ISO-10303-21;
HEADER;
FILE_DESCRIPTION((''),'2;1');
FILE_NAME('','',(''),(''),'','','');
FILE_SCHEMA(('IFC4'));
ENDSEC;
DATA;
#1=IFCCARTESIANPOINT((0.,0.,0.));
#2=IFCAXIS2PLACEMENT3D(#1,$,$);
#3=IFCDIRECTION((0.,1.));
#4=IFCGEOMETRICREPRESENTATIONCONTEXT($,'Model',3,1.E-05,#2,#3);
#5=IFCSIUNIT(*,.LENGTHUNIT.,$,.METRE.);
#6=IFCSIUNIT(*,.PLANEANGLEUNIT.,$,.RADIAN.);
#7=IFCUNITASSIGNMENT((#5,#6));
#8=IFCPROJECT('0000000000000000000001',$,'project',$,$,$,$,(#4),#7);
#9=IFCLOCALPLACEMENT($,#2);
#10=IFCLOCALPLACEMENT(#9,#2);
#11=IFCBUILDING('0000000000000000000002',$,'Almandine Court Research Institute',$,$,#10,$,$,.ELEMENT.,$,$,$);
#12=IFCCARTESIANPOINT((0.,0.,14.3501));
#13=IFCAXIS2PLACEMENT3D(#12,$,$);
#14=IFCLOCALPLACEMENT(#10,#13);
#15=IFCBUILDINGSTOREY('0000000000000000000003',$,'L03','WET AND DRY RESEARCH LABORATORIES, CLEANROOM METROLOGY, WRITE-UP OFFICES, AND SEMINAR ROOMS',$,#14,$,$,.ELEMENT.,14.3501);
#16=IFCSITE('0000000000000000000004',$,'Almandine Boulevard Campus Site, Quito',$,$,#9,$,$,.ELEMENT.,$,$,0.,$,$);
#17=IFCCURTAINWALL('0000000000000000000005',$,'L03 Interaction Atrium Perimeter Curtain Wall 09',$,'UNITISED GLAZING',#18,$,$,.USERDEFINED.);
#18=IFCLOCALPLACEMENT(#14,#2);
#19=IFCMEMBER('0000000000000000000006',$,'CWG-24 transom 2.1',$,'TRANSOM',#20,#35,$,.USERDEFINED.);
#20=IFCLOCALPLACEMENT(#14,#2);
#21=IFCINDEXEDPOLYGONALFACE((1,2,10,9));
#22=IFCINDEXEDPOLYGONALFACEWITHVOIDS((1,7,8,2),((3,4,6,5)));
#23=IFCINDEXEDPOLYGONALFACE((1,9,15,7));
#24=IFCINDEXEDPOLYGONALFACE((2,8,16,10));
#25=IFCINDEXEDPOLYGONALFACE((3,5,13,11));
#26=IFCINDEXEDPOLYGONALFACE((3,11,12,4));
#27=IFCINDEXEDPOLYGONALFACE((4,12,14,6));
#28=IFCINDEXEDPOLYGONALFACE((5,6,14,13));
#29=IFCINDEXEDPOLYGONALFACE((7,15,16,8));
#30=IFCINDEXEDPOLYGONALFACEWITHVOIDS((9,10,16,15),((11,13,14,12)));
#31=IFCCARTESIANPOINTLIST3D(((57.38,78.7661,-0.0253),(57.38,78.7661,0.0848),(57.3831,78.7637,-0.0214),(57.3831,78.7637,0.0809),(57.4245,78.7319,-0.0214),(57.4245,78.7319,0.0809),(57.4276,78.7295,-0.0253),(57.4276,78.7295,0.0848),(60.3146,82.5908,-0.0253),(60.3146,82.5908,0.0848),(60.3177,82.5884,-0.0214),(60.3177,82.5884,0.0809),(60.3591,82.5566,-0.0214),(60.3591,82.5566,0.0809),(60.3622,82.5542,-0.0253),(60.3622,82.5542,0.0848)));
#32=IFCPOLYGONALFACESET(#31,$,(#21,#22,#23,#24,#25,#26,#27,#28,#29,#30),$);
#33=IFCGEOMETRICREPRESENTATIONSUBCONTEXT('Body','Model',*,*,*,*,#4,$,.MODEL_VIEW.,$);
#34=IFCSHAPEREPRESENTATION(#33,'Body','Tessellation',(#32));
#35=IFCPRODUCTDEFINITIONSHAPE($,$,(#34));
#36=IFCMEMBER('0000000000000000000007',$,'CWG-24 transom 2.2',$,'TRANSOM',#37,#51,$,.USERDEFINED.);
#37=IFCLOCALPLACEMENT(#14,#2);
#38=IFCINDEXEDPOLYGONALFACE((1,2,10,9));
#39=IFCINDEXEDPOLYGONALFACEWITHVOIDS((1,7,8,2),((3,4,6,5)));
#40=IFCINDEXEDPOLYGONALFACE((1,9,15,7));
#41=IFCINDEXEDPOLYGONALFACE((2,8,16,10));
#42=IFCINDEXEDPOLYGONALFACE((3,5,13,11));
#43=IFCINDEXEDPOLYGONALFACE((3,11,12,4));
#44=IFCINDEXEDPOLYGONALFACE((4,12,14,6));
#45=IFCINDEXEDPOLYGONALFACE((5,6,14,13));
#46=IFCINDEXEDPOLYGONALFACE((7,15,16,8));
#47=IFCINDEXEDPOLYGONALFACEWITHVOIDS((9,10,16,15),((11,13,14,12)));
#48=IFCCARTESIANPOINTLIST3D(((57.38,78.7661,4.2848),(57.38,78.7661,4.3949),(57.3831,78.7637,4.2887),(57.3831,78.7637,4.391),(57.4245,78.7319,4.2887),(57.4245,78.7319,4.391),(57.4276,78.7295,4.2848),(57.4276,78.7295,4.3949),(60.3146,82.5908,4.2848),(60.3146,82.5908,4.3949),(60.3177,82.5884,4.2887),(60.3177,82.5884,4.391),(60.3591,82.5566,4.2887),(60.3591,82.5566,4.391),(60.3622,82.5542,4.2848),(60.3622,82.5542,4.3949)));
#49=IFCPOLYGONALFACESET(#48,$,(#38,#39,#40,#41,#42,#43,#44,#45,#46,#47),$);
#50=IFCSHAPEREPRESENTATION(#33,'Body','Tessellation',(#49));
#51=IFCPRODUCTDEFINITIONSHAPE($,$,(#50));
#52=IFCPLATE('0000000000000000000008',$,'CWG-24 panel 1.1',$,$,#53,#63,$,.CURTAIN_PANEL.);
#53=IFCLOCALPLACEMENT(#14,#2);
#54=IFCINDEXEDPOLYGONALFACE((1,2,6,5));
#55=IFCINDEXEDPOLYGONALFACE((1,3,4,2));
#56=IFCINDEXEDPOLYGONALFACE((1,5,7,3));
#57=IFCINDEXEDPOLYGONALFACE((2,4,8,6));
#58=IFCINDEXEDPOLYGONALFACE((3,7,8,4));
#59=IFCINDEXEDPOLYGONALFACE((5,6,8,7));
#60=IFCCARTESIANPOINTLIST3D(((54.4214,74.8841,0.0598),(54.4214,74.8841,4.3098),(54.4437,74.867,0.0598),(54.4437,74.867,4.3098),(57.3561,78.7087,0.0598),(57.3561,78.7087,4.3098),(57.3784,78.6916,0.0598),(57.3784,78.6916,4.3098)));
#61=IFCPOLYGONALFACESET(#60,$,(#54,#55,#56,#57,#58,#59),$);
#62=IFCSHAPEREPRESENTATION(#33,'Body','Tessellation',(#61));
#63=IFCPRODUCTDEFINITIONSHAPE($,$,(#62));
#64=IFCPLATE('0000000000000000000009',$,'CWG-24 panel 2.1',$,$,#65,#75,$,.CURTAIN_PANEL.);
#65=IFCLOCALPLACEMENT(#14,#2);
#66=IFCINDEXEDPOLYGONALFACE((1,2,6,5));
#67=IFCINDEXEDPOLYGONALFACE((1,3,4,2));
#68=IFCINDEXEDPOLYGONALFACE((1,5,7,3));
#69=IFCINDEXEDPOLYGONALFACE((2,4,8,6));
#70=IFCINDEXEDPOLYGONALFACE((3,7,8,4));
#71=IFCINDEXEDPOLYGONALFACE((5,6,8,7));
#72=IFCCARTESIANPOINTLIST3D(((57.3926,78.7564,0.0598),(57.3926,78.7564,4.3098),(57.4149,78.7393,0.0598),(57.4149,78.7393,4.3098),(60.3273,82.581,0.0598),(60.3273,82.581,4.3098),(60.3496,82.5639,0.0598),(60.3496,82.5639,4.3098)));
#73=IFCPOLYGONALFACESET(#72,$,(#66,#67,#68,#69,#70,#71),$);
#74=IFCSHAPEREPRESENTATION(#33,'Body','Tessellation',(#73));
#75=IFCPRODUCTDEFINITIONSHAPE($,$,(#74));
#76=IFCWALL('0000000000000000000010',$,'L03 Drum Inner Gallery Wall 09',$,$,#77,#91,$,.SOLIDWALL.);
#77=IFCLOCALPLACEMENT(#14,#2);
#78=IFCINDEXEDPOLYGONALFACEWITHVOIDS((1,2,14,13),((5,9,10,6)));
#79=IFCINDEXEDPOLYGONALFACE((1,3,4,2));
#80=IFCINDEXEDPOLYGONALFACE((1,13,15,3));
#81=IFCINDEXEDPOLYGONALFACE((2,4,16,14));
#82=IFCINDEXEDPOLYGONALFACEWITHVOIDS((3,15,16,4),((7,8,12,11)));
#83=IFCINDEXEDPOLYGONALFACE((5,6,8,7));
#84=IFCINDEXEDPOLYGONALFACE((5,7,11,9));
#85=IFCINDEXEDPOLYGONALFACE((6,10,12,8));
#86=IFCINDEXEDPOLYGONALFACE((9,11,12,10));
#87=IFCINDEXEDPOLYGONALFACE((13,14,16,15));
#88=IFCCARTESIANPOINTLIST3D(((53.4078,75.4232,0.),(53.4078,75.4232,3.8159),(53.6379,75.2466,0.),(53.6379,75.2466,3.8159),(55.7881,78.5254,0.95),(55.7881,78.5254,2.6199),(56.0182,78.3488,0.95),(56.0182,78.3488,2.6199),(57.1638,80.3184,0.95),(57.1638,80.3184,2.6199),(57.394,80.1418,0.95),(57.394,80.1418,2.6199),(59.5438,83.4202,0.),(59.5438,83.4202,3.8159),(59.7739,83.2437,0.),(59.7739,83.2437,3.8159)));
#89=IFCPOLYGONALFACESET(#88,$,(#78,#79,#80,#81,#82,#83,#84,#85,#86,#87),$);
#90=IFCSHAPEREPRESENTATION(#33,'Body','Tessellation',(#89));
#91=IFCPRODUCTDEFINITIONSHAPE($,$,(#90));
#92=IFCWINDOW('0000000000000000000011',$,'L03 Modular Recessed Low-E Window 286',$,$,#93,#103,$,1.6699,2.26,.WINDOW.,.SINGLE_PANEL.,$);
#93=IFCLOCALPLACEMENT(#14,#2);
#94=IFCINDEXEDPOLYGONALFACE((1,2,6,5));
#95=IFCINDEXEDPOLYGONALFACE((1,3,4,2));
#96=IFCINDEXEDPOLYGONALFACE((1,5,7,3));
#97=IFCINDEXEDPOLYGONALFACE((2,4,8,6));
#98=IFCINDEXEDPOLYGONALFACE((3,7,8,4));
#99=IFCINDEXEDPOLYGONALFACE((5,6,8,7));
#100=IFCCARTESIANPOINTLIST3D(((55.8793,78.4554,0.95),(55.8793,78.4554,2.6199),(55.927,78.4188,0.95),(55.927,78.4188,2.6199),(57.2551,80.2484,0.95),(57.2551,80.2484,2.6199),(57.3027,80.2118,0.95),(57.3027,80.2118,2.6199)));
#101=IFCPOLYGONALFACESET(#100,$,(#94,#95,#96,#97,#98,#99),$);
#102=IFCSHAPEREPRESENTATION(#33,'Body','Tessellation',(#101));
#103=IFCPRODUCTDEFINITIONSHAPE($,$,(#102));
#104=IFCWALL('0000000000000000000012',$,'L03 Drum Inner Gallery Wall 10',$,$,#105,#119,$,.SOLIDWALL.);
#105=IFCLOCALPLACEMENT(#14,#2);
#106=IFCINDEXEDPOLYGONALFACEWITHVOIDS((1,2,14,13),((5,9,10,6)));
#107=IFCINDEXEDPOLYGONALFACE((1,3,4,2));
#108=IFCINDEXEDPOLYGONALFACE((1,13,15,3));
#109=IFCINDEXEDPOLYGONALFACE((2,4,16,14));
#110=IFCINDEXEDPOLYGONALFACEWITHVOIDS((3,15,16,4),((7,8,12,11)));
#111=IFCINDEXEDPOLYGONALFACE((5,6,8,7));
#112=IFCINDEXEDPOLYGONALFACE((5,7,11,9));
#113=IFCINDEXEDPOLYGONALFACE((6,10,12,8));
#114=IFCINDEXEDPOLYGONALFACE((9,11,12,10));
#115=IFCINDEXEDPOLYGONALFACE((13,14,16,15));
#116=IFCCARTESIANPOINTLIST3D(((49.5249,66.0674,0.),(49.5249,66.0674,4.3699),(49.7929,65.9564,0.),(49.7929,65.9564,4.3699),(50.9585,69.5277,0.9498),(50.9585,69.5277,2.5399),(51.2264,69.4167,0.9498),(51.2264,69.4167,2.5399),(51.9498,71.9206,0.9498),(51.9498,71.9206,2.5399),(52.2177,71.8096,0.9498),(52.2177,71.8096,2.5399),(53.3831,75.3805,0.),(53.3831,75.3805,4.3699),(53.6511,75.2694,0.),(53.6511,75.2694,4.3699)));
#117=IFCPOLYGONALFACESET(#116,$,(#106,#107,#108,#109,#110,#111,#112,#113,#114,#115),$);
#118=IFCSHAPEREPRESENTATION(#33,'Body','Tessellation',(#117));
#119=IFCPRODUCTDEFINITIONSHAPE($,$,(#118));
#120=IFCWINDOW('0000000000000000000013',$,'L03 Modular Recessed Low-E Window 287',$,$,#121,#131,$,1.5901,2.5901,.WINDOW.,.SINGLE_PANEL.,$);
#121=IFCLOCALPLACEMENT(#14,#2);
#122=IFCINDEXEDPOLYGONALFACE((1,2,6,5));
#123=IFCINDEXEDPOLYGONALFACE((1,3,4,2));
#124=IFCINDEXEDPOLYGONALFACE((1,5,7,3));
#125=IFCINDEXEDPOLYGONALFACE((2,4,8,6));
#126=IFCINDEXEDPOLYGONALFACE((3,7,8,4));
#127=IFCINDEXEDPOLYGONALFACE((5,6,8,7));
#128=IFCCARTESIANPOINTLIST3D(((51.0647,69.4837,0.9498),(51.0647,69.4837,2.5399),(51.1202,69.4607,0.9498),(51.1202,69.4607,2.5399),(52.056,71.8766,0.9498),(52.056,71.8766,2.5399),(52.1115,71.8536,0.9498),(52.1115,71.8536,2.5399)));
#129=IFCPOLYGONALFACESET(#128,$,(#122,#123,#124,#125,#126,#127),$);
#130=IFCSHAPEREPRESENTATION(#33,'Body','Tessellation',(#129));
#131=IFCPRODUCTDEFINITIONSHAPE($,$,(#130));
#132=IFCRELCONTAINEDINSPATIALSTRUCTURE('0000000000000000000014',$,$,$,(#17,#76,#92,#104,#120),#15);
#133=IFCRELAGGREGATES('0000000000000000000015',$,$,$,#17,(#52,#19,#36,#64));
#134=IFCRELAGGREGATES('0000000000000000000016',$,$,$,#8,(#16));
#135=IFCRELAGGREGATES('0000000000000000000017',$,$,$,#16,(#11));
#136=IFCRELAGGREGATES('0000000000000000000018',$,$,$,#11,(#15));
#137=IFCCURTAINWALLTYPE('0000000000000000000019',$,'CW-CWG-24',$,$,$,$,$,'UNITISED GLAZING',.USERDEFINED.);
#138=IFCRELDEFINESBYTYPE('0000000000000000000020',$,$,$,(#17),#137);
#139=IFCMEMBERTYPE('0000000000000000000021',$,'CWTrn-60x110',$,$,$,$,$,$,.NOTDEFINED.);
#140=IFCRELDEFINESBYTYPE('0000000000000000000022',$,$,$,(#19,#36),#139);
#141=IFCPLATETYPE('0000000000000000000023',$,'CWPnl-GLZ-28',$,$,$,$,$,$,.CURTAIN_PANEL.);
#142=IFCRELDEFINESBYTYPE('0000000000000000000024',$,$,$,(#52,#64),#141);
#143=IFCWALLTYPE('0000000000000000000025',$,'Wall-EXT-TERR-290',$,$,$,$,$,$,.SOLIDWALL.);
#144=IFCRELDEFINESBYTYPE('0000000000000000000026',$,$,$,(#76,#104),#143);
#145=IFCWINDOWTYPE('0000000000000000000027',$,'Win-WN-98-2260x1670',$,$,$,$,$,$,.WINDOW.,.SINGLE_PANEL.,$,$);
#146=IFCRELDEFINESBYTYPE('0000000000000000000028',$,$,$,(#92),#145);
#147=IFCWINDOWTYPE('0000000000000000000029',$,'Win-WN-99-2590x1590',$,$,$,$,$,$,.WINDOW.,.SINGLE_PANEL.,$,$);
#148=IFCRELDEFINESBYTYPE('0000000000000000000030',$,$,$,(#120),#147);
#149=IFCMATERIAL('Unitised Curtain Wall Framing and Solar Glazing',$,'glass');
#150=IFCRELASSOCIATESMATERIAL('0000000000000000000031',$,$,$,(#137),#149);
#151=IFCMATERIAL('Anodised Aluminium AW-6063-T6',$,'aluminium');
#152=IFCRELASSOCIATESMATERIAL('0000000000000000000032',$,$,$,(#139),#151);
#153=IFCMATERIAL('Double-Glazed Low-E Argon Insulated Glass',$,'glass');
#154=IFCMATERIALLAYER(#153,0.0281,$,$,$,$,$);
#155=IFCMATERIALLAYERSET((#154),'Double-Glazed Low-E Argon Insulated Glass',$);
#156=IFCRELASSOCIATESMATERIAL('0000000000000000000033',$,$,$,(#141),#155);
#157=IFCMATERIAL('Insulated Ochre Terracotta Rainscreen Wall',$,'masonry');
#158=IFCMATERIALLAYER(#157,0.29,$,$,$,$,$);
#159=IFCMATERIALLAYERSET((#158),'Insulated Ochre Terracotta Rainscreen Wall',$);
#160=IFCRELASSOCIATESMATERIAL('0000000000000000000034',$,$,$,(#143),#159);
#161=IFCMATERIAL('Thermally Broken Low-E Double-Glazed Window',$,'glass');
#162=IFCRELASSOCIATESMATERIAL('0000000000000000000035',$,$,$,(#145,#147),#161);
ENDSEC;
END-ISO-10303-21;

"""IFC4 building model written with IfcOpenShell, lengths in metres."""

from ifc_helpers import new_model, si_unit, direction, frame, frame_2d, origin, origin_2d, place, context, subcontext, project, spatial, rectangle, hollow_rectangle, extrude, material, layer, layer_set, material_profile, profile_set, type_object, element, fill, aggregate, save


model = new_model("IFC4")

# Units and contexts
model_context = context("Model", 3, precision=1e-05, world=origin(), true_north=direction((0.0, 1.0)))
body_context = subcontext(model_context, "Body", "Model", "MODEL_VIEW")
ifc_project = project(units=[si_unit("LENGTHUNIT", "METRE"), si_unit("PLANEANGLEUNIT", "RADIAN")], contexts=[model_context])

# Site, building, storey
site_placement = place(None, origin())
site = spatial("IfcSite", under=ifc_project, at=site_placement, Name="Almandine Boulevard Campus Site, Quito", CompositionType="ELEMENT", RefElevation=0.0)
building_placement = place(site_placement, origin())
building = spatial("IfcBuilding", under=site, at=building_placement, Name="Almandine Court Research Institute", CompositionType="ELEMENT")
storey_placement = place(building_placement, frame((0.0, 0.0, 14.3501)))
storey = spatial("IfcBuildingStorey", under=building, at=storey_placement, Name="L03", Description="WET AND DRY RESEARCH LABORATORIES, CLEANROOM METROLOGY, WRITE-UP OFFICES, AND SEMINAR ROOMS", CompositionType="ELEMENT", Elevation=14.3501)

# Curtain wall, members, plates
ifc_material_1 = material(Name="Unitised Curtain Wall Framing and Solar Glazing", Category="glass")
curtain_wall_type = type_object("IfcCurtainWallType", Name="CW-CWG-24", ElementType="UNITISED GLAZING", PredefinedType="USERDEFINED", material=ifc_material_1)
curtain_wall_placement = place(storey_placement, origin())
curtain_wall = element("IfcCurtainWall", 1, at=curtain_wall_placement, inside=storey, type_object=curtain_wall_type, Name="L03 Interaction Atrium Perimeter Curtain Wall 09", ObjectType="UNITISED GLAZING", PredefinedType="USERDEFINED")
ifc_material_2 = material(Name="Anodised Aluminium AW-6063-T6", Category="aluminium")
ifc_material_profile_1 = material_profile(ifc_material_2, hollow_rectangle(XDim=0.0601, YDim=0.1101, WallThickness=0.0039, at=origin_2d()), Name="ALU RHS 60x110x4")
ifc_profile_set_1 = profile_set([ifc_material_profile_1], Name="Anodised Aluminium AW-6063-T6")
member_type_1 = type_object("IfcMemberType", Name="CWTrn-60x110", PredefinedType="NOTDEFINED", material=ifc_profile_set_1)
member_1_placement = place(storey_placement, frame((57.4038, 78.7478, 0.0298), z_axis=(0.608731, 0.793376, 0.0), x_axis=(-0.793376, 0.608731, 0.0)))
member_1 = element("IfcMember", 2, at=member_1_placement, type_object=member_type_1, Name="CWG-24 transom 2.1", ObjectType="TRANSOM", PredefinedType="USERDEFINED", context=body_context, shape_type="SweptSolid", body=[
    extrude(hollow_rectangle(XDim=0.0601, YDim=0.1101, WallThickness=0.0039, at=origin_2d()), origin(), (0.0, 0.0, 1.0), 4.8208),
])
member_2_placement = place(storey_placement, frame((57.4038, 78.7478, 4.3398), z_axis=(0.608731, 0.793376, 0.0), x_axis=(-0.793376, 0.608731, 0.0)))
member_2 = element("IfcMember", 3, at=member_2_placement, type_object=member_type_1, Name="CWG-24 transom 2.2", ObjectType="TRANSOM", PredefinedType="USERDEFINED", context=body_context, shape_type="SweptSolid", body=[
    extrude(hollow_rectangle(XDim=0.0601, YDim=0.1101, WallThickness=0.0039, at=origin_2d()), origin(), (0.0, 0.0, 1.0), 4.8208),
])
ifc_material_3 = material(Name="Double-Glazed Low-E Argon Insulated Glass", Category="glass")
ifc_layer_1 = layer(ifc_material_3, 0.0281)
ifc_layer_set_1 = layer_set([ifc_layer_1], Name="Double-Glazed Low-E Argon Insulated Glass")
plate_type = type_object("IfcPlateType", Name="CWPnl-GLZ-28", PredefinedType="CURTAIN_PANEL", material=ifc_layer_set_1)
plate_1_placement = place(storey_placement, frame((55.8999, 76.7878, 0.0598), z_axis=(0.0, 0.0, 1.0), x_axis=(0.608761, 0.793354, 0.0)))
plate_1 = element("IfcPlate", 4, at=plate_1_placement, type_object=plate_type, Name="CWG-24 panel 1.1", PredefinedType="CURTAIN_PANEL", context=body_context, shape_type="SweptSolid", body=[
    extrude(rectangle(XDim=4.8208, YDim=0.0281, at=origin_2d()), origin(), (0.0, 0.0, 1.0), 4.25),
])
plate_2_placement = place(storey_placement, frame((58.8711, 80.6602, 0.0598), z_axis=(0.0, 0.0, 1.0), x_axis=(0.608761, 0.793354, 0.0)))
plate_2 = element("IfcPlate", 5, at=plate_2_placement, type_object=plate_type, Name="CWG-24 panel 2.1", PredefinedType="CURTAIN_PANEL", context=body_context, shape_type="SweptSolid", body=[
    extrude(rectangle(XDim=4.8208, YDim=0.0281, at=origin_2d()), origin(), (0.0, 0.0, 1.0), 4.25),
])
aggregate(curtain_wall, [plate_1, member_1, member_2, plate_2])

# Walls, openings, windows
ifc_material_4 = material(Name="Insulated Ochre Terracotta Rainscreen Wall", Category="masonry")
ifc_layer_2 = layer(ifc_material_4, 0.29)
ifc_layer_set_2 = layer_set([ifc_layer_2], Name="Insulated Ochre Terracotta Rainscreen Wall")
wall_type_1 = type_object("IfcWallType", Name="Wall-EXT-TERR-290", PredefinedType="SOLIDWALL", material=ifc_layer_set_2)
wall_1_placement = place(storey_placement, frame((59.6589, 83.332, 0.0), z_axis=(0.0, 0.0, 1.0), x_axis=(-0.608738, -0.793372, 0.0)))
wall_1 = element("IfcWall", 6, at=wall_1_placement, inside=storey, type_object=wall_type_1, Name="L03 Drum Inner Gallery Wall 09", PredefinedType="SOLIDWALL", context=body_context, shape_type="SweptSolid", body=[
    extrude(rectangle(XDim=10.0798, YDim=0.29, at=frame_2d((5.04, 0.0))), origin(), (0.0, 0.0, 1.0), 3.8159),
])
opening_1_placement = place(wall_1_placement, frame((3.9099, 0.0, 0.95)))
opening_1 = element("IfcOpeningElement", 7, at=opening_1_placement, cuts=wall_1, PredefinedType="OPENING", context=body_context, shape_type="SweptSolid", body=[
    extrude(rectangle(XDim=2.26, YDim=1.6699, at=frame_2d((1.1299, 0.835))), frame((0.0, 0.155, 0.0), z_axis=(0.0, -1.0, 0.0), x_axis=(1.0, 0.0, 0.0)), (0.0, 0.0, 1.0), 0.3101),
])
ifc_material_5 = material(Name="Thermally Broken Low-E Double-Glazed Window", Category="glass")
window_type_1 = type_object("IfcWindowType", Name="Win-WN-98-2260x1670", PartitioningType="SINGLE_PANEL", PredefinedType="WINDOW", material=ifc_material_5)
window_1_placement = place(opening_1_placement, origin())
window_1 = element("IfcWindow", 8, at=window_1_placement, inside=storey, type_object=window_type_1, Name="L03 Modular Recessed Low-E Window 286", OverallHeight=1.6699, OverallWidth=2.26, PartitioningType="SINGLE_PANEL", PredefinedType="WINDOW", context=body_context, shape_type="SweptSolid", body=[
    extrude(rectangle(XDim=2.26, YDim=1.6699, at=frame_2d((1.1299, 0.835))), frame((0.0, 0.03, 0.0), z_axis=(0.0, -1.0, 0.0), x_axis=(1.0, 0.0, 0.0)), (0.0, 0.0, 1.0), 0.0601),
])
fill(opening_1, window_1)
wall_2_placement = place(storey_placement, frame((53.5171, 75.325, 0.0), z_axis=(0.0, 0.0, 1.0), x_axis=(-0.382733, -0.923859, 0.0)))
wall_2 = element("IfcWall", 9, at=wall_2_placement, inside=storey, type_object=wall_type_1, Name="L03 Drum Inner Gallery Wall 10", PredefinedType="SOLIDWALL", context=body_context, shape_type="SweptSolid", body=[
    extrude(rectangle(XDim=10.0806, YDim=0.29, at=frame_2d((5.0403, 0.0))), origin(), (0.0, 0.0, 1.0), 4.3699),
])
opening_2_placement = place(wall_2_placement, frame((3.7451, 0.0, 0.95)))
opening_2 = element("IfcOpeningElement", 10, at=opening_2_placement, cuts=wall_2, PredefinedType="OPENING", context=body_context, shape_type="SweptSolid", body=[
    extrude(rectangle(XDim=2.5901, YDim=1.5901, at=frame_2d((1.2949, 0.7949))), frame((0.0, 0.155, 0.0), z_axis=(0.0, -1.0, 0.0), x_axis=(1.0, 0.0, 0.0)), (0.0, 0.0, 1.0), 0.3101),
])
window_type_2 = type_object("IfcWindowType", Name="Win-WN-99-2590x1590", PartitioningType="SINGLE_PANEL", PredefinedType="WINDOW", material=ifc_material_5)
window_2_placement = place(opening_2_placement, origin())
window_2 = element("IfcWindow", 11, at=window_2_placement, inside=storey, type_object=window_type_2, Name="L03 Modular Recessed Low-E Window 287", OverallHeight=1.5901, OverallWidth=2.5901, PartitioningType="SINGLE_PANEL", PredefinedType="WINDOW", context=body_context, shape_type="SweptSolid", body=[
    extrude(rectangle(XDim=2.5901, YDim=1.5901, at=frame_2d((1.2949, 0.7949))), frame((0.0, 0.03, 0.0), z_axis=(0.0, -1.0, 0.0), x_axis=(1.0, 0.0, 0.0)), (0.0, 0.0, 1.0), 0.0601),
])
fill(opening_2, window_2)

save(model, "model.ifc")
